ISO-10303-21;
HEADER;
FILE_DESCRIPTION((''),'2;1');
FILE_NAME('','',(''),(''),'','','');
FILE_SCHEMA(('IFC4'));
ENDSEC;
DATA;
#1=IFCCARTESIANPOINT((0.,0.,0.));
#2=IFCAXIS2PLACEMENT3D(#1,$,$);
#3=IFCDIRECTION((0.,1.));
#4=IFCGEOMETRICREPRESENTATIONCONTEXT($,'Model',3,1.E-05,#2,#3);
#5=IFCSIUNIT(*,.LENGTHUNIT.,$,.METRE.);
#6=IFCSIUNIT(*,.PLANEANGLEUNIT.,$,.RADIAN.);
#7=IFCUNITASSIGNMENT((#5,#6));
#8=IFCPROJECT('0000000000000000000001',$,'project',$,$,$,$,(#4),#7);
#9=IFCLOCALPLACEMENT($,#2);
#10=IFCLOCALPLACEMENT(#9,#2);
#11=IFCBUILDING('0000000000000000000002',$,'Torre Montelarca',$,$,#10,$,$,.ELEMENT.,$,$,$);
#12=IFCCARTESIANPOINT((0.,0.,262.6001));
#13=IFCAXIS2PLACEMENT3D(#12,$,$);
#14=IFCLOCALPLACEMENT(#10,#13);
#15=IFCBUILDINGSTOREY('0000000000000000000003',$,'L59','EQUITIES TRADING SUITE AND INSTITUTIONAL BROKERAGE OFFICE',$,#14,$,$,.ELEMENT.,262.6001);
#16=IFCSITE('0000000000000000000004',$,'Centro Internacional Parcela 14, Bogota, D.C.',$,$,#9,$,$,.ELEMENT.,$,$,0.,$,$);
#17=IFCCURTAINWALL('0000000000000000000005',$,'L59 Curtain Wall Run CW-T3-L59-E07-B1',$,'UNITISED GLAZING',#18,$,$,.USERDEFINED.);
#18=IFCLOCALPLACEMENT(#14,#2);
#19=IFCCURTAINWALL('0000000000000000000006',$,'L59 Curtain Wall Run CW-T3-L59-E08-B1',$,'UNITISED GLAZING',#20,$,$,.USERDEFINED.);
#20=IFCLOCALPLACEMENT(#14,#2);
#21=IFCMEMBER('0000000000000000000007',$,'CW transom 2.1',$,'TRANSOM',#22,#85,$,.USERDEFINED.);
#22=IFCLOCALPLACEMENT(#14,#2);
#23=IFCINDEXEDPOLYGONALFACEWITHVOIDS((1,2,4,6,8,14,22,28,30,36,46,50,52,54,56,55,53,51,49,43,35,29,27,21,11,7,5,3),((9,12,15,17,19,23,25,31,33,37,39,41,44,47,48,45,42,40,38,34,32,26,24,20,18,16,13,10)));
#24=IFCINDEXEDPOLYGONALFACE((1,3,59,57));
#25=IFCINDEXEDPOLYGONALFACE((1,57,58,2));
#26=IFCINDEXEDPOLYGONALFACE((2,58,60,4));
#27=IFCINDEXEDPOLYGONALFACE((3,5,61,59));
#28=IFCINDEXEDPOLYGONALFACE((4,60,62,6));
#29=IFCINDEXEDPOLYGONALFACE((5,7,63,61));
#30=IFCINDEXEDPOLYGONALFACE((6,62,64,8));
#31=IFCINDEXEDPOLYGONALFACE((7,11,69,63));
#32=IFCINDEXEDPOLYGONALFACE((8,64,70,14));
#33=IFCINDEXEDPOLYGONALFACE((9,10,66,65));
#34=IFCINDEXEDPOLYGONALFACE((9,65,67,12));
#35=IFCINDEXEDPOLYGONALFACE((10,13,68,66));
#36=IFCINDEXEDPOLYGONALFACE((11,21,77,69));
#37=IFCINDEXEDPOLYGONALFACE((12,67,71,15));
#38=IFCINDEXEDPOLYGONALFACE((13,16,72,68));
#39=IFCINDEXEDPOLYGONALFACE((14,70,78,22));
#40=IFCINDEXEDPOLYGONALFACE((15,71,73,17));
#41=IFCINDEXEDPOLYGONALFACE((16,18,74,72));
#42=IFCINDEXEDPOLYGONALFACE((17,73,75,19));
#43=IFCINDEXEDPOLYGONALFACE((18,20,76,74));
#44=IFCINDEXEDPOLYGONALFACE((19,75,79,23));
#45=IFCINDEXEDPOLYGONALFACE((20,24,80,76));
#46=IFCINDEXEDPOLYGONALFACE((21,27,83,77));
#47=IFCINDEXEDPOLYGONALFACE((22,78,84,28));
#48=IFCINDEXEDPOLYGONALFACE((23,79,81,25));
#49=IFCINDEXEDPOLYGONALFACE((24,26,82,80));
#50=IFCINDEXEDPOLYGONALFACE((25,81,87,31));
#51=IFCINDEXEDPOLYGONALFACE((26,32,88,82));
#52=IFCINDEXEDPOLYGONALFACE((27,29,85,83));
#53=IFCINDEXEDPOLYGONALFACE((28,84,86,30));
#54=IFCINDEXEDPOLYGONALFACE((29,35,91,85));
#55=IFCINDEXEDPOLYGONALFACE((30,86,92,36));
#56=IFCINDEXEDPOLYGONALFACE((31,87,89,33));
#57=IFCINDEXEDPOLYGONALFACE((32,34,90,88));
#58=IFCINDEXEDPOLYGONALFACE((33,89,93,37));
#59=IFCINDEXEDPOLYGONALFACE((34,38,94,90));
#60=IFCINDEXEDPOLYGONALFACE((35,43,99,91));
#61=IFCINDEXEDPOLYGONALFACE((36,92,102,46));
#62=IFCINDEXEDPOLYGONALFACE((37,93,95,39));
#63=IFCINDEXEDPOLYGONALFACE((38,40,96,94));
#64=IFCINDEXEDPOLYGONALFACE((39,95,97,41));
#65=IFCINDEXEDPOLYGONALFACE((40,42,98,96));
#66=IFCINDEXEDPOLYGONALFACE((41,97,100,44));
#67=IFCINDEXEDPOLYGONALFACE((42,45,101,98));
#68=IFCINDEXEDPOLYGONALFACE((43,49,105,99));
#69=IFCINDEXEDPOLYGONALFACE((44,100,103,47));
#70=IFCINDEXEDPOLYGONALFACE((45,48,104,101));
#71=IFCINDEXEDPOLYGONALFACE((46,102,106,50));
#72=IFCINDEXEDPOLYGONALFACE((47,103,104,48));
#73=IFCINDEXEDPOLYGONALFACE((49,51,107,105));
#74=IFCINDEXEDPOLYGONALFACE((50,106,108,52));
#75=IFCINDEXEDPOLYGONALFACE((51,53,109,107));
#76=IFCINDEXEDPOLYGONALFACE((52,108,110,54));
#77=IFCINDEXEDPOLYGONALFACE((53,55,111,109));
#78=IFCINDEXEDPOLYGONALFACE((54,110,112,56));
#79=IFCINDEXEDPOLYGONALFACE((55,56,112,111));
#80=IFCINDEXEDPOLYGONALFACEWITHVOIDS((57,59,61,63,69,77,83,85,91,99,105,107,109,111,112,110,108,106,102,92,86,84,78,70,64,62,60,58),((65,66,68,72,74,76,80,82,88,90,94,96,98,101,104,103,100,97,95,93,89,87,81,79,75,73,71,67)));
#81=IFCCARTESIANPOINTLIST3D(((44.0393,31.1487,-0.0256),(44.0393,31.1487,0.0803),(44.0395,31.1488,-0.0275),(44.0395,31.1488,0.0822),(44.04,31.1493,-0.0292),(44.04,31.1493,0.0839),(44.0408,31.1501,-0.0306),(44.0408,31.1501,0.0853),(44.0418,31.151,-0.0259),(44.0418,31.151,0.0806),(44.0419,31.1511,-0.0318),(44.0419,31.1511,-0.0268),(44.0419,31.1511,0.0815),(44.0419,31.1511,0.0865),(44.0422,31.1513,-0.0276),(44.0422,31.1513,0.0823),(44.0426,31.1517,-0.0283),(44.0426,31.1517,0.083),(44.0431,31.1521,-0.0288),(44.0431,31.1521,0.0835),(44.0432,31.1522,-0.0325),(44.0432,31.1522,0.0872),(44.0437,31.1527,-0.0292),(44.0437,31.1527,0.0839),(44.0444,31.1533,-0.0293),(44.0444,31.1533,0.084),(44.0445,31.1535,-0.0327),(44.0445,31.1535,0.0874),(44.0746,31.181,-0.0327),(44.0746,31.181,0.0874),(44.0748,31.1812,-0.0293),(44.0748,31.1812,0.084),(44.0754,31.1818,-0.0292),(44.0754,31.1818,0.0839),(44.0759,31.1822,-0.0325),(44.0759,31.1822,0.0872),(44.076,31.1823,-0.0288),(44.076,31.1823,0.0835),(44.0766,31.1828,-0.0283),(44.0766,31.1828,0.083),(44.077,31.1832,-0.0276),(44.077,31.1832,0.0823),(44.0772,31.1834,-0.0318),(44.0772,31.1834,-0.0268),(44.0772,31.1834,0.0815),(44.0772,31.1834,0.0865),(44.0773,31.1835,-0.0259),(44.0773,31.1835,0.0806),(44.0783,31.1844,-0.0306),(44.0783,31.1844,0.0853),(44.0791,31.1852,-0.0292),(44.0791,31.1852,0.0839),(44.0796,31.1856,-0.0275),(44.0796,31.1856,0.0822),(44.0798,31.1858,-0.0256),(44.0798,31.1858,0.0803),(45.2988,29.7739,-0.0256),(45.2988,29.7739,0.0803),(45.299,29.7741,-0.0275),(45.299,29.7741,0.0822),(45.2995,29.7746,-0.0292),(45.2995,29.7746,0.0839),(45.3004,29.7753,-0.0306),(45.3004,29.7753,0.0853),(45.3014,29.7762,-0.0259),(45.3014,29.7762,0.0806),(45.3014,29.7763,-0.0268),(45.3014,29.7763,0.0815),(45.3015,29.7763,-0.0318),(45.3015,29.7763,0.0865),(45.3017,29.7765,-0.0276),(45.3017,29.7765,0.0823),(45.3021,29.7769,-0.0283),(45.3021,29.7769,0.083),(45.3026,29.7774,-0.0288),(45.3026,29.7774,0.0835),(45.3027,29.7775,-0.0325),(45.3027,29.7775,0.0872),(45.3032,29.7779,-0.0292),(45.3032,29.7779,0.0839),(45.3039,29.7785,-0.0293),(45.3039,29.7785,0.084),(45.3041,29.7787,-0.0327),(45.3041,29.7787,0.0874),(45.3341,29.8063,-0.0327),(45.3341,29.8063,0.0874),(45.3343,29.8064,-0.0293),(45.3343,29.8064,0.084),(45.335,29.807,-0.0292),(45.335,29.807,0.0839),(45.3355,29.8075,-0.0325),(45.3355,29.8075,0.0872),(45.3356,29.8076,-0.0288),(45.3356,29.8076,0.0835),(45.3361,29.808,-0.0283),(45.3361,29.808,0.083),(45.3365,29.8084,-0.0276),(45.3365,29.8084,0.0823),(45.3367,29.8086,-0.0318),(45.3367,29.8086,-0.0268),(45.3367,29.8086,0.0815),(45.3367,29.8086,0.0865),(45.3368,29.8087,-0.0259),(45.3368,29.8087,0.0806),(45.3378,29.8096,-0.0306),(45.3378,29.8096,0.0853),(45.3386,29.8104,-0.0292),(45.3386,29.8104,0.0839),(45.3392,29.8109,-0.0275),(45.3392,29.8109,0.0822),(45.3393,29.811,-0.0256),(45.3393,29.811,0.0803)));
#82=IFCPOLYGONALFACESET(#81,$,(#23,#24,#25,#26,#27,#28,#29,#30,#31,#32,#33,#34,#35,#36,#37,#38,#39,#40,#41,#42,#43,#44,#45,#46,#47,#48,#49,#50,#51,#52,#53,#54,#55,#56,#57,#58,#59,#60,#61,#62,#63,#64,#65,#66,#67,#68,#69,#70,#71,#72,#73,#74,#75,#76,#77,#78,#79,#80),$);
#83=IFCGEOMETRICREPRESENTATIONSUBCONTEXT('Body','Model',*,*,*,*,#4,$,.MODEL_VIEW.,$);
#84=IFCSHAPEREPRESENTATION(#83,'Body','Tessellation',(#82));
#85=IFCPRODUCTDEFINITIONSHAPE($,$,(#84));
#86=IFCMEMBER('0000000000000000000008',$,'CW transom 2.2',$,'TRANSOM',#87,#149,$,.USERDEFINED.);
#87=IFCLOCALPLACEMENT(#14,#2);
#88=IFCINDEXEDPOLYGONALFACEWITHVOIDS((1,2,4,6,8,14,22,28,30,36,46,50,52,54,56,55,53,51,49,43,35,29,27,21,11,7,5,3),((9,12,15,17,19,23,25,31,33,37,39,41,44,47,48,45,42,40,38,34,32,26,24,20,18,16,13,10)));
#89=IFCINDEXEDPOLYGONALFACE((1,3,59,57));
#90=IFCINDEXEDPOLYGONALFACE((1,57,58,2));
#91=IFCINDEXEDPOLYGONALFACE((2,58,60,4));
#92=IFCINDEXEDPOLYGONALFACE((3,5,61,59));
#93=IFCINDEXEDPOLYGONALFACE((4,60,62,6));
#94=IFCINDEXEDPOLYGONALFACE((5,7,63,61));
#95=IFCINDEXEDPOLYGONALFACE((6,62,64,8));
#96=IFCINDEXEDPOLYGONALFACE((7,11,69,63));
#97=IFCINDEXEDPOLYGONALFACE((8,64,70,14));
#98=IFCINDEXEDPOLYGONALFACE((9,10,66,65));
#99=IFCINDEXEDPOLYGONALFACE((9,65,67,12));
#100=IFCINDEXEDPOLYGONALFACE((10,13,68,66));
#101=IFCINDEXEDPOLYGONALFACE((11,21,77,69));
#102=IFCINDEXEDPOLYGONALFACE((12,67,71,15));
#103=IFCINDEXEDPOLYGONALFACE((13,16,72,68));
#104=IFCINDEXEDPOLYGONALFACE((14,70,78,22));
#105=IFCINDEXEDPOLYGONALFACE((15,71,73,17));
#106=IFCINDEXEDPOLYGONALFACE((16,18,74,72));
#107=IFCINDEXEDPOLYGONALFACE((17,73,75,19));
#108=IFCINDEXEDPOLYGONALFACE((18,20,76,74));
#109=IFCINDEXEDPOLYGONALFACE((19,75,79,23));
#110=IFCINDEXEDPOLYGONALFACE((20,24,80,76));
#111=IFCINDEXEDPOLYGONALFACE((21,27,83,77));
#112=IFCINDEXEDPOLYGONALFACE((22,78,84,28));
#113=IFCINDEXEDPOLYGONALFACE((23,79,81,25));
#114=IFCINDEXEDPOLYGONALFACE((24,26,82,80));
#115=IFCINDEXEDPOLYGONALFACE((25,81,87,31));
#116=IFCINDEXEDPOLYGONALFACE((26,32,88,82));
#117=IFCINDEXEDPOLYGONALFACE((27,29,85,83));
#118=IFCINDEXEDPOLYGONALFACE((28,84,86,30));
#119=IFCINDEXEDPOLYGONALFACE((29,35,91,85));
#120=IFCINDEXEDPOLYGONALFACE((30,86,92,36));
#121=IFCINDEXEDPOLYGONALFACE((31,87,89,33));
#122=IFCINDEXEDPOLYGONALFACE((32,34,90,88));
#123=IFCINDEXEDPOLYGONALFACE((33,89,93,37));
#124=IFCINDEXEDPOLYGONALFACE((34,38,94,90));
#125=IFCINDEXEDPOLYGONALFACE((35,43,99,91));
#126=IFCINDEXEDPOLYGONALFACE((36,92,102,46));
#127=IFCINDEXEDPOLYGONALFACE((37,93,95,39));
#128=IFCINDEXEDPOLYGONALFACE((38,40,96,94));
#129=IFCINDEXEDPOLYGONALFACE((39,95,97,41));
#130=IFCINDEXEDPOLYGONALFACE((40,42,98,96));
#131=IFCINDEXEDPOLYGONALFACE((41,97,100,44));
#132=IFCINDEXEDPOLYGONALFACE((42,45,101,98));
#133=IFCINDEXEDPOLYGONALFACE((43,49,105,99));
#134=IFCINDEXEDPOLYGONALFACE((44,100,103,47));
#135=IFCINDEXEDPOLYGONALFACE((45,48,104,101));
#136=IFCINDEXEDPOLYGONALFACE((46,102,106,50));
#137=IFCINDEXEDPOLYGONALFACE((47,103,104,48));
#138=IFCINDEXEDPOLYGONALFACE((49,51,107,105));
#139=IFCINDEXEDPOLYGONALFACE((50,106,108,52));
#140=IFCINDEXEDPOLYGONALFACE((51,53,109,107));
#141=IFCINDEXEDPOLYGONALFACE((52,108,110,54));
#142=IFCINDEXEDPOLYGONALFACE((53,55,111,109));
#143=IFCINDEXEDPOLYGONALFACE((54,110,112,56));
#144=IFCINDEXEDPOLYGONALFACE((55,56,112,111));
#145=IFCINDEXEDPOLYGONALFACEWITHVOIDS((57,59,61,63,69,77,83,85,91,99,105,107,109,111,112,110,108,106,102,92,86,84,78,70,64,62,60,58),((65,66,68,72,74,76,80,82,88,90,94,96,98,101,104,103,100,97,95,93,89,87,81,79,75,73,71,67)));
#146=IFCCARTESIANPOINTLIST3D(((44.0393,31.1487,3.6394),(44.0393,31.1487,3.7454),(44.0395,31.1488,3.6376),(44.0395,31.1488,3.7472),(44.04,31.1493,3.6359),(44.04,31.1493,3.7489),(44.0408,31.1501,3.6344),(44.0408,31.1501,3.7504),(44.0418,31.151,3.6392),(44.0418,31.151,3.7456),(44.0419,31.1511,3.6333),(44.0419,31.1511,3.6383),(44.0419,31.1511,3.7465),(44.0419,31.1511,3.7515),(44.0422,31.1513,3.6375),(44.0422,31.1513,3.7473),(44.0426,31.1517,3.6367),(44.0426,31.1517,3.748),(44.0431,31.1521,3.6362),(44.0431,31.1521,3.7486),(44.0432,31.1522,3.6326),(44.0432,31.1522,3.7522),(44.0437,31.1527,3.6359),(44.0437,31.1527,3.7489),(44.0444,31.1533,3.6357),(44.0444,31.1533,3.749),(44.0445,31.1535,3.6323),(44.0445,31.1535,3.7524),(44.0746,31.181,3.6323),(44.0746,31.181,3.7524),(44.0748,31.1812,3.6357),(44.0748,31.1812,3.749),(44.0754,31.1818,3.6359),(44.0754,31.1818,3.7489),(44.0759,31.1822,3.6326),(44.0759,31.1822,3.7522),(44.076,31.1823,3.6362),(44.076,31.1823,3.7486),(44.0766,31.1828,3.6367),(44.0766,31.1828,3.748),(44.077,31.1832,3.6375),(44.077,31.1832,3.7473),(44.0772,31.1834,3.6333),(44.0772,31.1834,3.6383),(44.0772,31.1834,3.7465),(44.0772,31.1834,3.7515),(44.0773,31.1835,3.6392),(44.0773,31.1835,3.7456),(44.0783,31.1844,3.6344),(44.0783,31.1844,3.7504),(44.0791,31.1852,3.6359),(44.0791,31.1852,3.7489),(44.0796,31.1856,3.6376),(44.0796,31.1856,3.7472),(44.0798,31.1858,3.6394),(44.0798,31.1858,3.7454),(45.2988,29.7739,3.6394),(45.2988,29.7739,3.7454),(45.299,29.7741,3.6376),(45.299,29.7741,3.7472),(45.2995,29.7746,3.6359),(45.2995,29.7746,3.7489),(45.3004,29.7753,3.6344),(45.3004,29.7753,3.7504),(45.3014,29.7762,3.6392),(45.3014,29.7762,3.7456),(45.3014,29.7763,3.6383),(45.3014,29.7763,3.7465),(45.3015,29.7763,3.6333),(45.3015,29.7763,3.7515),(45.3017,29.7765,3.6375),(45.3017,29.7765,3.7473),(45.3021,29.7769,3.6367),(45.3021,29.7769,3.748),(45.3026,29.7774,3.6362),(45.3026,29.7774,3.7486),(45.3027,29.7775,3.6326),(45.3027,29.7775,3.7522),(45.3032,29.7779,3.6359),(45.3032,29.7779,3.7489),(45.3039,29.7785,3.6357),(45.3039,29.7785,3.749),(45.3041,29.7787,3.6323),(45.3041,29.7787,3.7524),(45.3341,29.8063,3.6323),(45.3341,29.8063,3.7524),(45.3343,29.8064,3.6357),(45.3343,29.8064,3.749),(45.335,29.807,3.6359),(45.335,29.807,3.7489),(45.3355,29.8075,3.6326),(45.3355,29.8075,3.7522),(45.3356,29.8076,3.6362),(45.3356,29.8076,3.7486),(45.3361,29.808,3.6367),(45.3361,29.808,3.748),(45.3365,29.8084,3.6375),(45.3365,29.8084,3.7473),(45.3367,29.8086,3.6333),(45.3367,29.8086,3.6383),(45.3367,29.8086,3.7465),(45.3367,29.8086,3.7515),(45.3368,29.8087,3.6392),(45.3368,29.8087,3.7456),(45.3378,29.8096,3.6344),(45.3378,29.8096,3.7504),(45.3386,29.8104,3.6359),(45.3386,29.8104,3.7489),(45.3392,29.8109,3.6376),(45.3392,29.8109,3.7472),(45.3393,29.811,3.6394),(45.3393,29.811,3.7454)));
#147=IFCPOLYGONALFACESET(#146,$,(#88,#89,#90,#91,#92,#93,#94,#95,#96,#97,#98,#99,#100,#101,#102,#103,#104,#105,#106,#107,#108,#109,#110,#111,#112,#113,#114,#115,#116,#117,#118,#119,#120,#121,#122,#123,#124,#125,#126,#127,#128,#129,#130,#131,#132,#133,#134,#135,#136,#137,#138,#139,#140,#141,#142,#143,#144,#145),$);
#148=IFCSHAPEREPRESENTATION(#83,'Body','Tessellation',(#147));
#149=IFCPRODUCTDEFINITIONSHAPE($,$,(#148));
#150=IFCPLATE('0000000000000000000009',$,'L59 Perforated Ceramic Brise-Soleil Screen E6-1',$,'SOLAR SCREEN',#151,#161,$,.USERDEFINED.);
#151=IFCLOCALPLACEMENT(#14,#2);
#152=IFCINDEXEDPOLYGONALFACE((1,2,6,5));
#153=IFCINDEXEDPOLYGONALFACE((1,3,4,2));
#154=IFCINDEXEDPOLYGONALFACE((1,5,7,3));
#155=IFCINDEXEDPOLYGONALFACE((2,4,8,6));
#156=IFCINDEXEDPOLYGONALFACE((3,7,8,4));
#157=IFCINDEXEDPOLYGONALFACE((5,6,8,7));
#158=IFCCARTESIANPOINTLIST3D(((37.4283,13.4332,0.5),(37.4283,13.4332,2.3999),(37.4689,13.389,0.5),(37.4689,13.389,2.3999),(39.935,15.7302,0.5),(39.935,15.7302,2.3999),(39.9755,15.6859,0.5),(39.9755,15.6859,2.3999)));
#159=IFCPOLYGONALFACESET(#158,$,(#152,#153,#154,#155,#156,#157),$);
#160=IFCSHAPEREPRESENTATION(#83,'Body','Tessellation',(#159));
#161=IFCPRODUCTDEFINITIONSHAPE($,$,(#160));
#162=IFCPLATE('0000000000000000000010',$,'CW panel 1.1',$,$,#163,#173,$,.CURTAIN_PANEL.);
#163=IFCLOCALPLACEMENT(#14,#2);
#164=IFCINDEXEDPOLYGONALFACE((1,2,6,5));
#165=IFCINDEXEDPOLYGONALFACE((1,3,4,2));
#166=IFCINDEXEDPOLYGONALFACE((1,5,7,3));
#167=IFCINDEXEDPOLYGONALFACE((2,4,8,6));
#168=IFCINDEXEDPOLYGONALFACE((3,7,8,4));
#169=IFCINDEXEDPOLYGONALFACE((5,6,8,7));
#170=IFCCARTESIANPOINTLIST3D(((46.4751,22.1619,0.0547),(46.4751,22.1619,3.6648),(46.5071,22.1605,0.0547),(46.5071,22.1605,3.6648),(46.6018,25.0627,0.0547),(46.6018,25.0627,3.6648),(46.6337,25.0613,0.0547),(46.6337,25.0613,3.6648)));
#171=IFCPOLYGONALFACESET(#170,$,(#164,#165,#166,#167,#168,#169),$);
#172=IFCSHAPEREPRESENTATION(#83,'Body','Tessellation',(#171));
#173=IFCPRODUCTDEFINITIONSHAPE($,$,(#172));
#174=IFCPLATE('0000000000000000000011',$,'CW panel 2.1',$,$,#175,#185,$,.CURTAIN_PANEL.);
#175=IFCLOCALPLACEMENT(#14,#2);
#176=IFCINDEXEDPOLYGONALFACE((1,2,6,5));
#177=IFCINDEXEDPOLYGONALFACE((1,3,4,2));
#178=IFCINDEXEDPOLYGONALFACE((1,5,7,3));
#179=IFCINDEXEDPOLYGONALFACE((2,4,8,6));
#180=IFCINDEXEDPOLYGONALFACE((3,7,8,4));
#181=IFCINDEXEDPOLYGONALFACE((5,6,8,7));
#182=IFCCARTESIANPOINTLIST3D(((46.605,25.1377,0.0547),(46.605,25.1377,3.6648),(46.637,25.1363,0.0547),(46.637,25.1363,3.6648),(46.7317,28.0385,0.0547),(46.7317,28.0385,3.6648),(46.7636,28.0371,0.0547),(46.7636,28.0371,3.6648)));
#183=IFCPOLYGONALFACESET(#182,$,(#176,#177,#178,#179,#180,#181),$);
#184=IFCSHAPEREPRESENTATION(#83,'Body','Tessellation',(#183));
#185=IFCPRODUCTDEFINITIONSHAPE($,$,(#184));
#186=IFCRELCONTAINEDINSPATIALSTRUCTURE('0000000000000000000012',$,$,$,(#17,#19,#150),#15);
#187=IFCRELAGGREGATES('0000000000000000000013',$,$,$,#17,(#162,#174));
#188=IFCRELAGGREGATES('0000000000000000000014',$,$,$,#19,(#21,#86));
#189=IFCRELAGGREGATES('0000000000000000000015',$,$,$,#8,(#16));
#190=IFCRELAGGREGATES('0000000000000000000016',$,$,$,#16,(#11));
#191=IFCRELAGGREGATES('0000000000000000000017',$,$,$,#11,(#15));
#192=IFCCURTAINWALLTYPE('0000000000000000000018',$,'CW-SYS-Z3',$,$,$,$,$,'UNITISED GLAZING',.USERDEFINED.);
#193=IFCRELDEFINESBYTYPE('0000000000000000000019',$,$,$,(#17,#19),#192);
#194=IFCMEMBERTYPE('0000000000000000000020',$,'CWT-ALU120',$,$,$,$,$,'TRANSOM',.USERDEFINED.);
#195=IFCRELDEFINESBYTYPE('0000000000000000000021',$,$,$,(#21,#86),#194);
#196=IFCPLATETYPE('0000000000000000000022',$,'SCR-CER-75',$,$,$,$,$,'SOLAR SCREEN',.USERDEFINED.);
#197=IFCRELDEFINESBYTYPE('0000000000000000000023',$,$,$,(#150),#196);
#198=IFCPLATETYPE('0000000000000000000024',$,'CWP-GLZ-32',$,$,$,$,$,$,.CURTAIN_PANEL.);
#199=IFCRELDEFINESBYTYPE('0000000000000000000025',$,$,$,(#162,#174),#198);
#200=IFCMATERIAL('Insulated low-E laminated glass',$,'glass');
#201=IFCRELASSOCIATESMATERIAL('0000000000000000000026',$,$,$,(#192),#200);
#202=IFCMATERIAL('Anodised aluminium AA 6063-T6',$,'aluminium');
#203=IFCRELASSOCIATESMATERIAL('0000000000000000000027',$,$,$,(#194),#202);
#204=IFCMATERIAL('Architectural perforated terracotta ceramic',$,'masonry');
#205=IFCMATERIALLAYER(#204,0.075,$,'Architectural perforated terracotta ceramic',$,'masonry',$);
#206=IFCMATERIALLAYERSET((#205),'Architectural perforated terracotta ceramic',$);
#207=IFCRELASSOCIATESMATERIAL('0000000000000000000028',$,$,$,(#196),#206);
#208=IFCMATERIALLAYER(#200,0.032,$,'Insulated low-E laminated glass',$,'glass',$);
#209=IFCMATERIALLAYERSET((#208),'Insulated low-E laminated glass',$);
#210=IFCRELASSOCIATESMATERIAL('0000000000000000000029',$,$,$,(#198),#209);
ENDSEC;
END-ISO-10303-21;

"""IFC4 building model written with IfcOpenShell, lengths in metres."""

from ifc_helpers import new_model, si_unit, direction, frame, origin, origin_2d, place, context, subcontext, project, spatial, rectangle, hollow_rectangle, extrude, source, transform, mapped, material, layer, layer_set, material_profile, profile_set, type_object, element, aggregate, save


model = new_model("IFC4")

# Units and contexts
model_context = context("Model", 3, precision=1e-05, world=origin(), true_north=direction((0.0, 1.0)))
body_context = subcontext(model_context, "Body", "Model", "MODEL_VIEW")
ifc_project = project(units=[si_unit("LENGTHUNIT", "METRE"), si_unit("PLANEANGLEUNIT", "RADIAN")], contexts=[model_context])

# Site, building, storey
site_placement = place(None, origin())
site = spatial("IfcSite", under=ifc_project, at=site_placement, Name="Centro Internacional Parcela 14, Bogota, D.C.", CompositionType="ELEMENT", RefElevation=0.0)
building_placement = place(site_placement, origin())
building = spatial("IfcBuilding", under=site, at=building_placement, Name="Torre Montelarca", CompositionType="ELEMENT")
storey_placement = place(building_placement, frame((0.0, 0.0, 262.6001)))
storey = spatial("IfcBuildingStorey", under=building, at=storey_placement, Name="L59", Description="EQUITIES TRADING SUITE AND INSTITUTIONAL BROKERAGE OFFICE", CompositionType="ELEMENT", Elevation=262.6001)

# Curtain wall
ifc_material_1 = material(Name="Insulated low-E laminated glass", Category="glass")
curtain_wall_type = type_object("IfcCurtainWallType", Name="CW-SYS-Z3", ElementType="UNITISED GLAZING", PredefinedType="USERDEFINED", material=ifc_material_1)
curtain_wall_1_placement = place(storey_placement, origin())
curtain_wall_1 = element("IfcCurtainWall", 1, at=curtain_wall_1_placement, inside=storey, type_object=curtain_wall_type, Name="L59 Curtain Wall Run CW-T3-L59-E07-B1", ObjectType="UNITISED GLAZING", PredefinedType="USERDEFINED")
ifc_material_2 = material(Name="Anodised aluminium AA 6063-T6", Category="aluminium")
ifc_material_profile_1 = material_profile(ifc_material_2, hollow_rectangle(XDim=0.0549, YDim=0.1201, WallThickness=0.0034, InnerFilletRadius=0.0034, OuterFilletRadius=0.0071, at=origin_2d()), Name="ALU55X120X3.5", Category="aluminium")
ifc_profile_set_1 = profile_set([ifc_material_profile_1], Name="Anodised aluminium AA 6063-T6")
member_type_1 = type_object("IfcMemberType", Name="CWT-ALU120", ElementType="TRANSOM", PredefinedType="USERDEFINED", material=ifc_profile_set_1)

# Curtain wall
curtain_wall_2_placement = place(storey_placement, origin())
curtain_wall_2 = element("IfcCurtainWall", 2, at=curtain_wall_2_placement, inside=storey, type_object=curtain_wall_type, Name="L59 Curtain Wall Run CW-T3-L59-E08-B1", ObjectType="UNITISED GLAZING", PredefinedType="USERDEFINED")

# Members
shared_shape_1 = source(origin(), body_context, "Body", "SweptSolid", [
    extrude(hollow_rectangle(XDim=0.0549, YDim=0.1201, WallThickness=0.0034, InnerFilletRadius=0.0034, OuterFilletRadius=0.0071, at=origin_2d()), origin(), (0.0, 0.0, 1.0), 1.8645),
])
member_1_placement = place(storey_placement, frame((45.3191, 29.7925, 0.0273), z_axis=(-0.675529, 0.737333, 0.0), x_axis=(-0.737333, -0.675529, 0.0)))
member_1 = element("IfcMember", 3, at=member_1_placement, type_object=member_type_1, Name="CW transom 2.1", ObjectType="TRANSOM", PredefinedType="USERDEFINED", context=body_context, shape_type="MappedRepresentation", body=[
    mapped(shared_shape_1, transform((0.0, 0.0, 0.0), scale=1.0)),
])
member_2_placement = place(storey_placement, frame((45.3191, 29.7925, 3.6924), z_axis=(-0.675529, 0.737333, 0.0), x_axis=(-0.737333, -0.675529, 0.0)))
member_2 = element("IfcMember", 4, at=member_2_placement, type_object=member_type_1, Name="CW transom 2.2", ObjectType="TRANSOM", PredefinedType="USERDEFINED", context=body_context, shape_type="MappedRepresentation", body=[
    mapped(shared_shape_1, transform((0.0, 0.0, 0.0), scale=1.0)),
])

# Plates
ifc_material_3 = material(Name="Architectural perforated terracotta ceramic", Category="masonry")
ifc_layer_1 = layer(ifc_material_3, 0.075, Name="Architectural perforated terracotta ceramic", Category="masonry")
ifc_layer_set_1 = layer_set([ifc_layer_1], Name="Architectural perforated terracotta ceramic")
plate_type_1 = type_object("IfcPlateType", Name="SCR-CER-75", ElementType="SOLAR SCREEN", PredefinedType="USERDEFINED", material=ifc_layer_set_1)
shared_shape_2 = source(origin(), body_context, "Body", "SweptSolid", [
    extrude(rectangle(XDim=3.3999, YDim=0.0601, at=origin_2d()), origin(), (0.0, 0.0, 1.0), 1.8999),
])
plate_1_placement = place(storey_placement, frame((38.7019, 14.5596, 0.5), z_axis=(0.0, 0.0, 1.0), x_axis=(0.737276, 0.675591, 0.0)))
element("IfcPlate", 5, at=plate_1_placement, inside=storey, type_object=plate_type_1, Name="L59 Perforated Ceramic Brise-Soleil Screen E6-1", ObjectType="SOLAR SCREEN", PredefinedType="USERDEFINED", context=body_context, shape_type="MappedRepresentation", body=[
    mapped(shared_shape_2, transform((0.0, 0.0, 0.0), scale=1.0)),
])
ifc_layer_2 = layer(ifc_material_1, 0.032, Name="Insulated low-E laminated glass", Category="glass")
ifc_layer_set_2 = layer_set([ifc_layer_2], Name="Insulated low-E laminated glass")
plate_type_2 = type_object("IfcPlateType", Name="CWP-GLZ-32", PredefinedType="CURTAIN_PANEL", material=ifc_layer_set_2)
shared_shape_3 = source(origin(), body_context, "Body", "SweptSolid", [
    extrude(rectangle(XDim=2.9036, YDim=0.032, at=origin_2d()), origin(), (0.0, 0.0, 1.0), 3.6101),
])
plate_2_placement = place(storey_placement, frame((46.5544, 23.6116, 0.0547), z_axis=(0.0, 0.0, 1.0), x_axis=(0.043616, 0.999048, 0.0)))
plate_2 = element("IfcPlate", 6, at=plate_2_placement, type_object=plate_type_2, Name="CW panel 1.1", PredefinedType="CURTAIN_PANEL", context=body_context, shape_type="MappedRepresentation", body=[
    mapped(shared_shape_3, transform((0.0, 0.0, 0.0), scale=1.0)),
])
plate_3_placement = place(storey_placement, frame((46.6843, 26.5874, 0.0547), z_axis=(0.0, 0.0, 1.0), x_axis=(0.043616, 0.999048, 0.0)))
plate_3 = element("IfcPlate", 7, at=plate_3_placement, type_object=plate_type_2, Name="CW panel 2.1", PredefinedType="CURTAIN_PANEL", context=body_context, shape_type="MappedRepresentation", body=[
    mapped(shared_shape_3, transform((0.0, 0.0, 0.0), scale=1.0)),
])
aggregate(curtain_wall_1, [plate_2, plate_3])
aggregate(curtain_wall_2, [member_1, member_2])

save(model, "model.ifc")
